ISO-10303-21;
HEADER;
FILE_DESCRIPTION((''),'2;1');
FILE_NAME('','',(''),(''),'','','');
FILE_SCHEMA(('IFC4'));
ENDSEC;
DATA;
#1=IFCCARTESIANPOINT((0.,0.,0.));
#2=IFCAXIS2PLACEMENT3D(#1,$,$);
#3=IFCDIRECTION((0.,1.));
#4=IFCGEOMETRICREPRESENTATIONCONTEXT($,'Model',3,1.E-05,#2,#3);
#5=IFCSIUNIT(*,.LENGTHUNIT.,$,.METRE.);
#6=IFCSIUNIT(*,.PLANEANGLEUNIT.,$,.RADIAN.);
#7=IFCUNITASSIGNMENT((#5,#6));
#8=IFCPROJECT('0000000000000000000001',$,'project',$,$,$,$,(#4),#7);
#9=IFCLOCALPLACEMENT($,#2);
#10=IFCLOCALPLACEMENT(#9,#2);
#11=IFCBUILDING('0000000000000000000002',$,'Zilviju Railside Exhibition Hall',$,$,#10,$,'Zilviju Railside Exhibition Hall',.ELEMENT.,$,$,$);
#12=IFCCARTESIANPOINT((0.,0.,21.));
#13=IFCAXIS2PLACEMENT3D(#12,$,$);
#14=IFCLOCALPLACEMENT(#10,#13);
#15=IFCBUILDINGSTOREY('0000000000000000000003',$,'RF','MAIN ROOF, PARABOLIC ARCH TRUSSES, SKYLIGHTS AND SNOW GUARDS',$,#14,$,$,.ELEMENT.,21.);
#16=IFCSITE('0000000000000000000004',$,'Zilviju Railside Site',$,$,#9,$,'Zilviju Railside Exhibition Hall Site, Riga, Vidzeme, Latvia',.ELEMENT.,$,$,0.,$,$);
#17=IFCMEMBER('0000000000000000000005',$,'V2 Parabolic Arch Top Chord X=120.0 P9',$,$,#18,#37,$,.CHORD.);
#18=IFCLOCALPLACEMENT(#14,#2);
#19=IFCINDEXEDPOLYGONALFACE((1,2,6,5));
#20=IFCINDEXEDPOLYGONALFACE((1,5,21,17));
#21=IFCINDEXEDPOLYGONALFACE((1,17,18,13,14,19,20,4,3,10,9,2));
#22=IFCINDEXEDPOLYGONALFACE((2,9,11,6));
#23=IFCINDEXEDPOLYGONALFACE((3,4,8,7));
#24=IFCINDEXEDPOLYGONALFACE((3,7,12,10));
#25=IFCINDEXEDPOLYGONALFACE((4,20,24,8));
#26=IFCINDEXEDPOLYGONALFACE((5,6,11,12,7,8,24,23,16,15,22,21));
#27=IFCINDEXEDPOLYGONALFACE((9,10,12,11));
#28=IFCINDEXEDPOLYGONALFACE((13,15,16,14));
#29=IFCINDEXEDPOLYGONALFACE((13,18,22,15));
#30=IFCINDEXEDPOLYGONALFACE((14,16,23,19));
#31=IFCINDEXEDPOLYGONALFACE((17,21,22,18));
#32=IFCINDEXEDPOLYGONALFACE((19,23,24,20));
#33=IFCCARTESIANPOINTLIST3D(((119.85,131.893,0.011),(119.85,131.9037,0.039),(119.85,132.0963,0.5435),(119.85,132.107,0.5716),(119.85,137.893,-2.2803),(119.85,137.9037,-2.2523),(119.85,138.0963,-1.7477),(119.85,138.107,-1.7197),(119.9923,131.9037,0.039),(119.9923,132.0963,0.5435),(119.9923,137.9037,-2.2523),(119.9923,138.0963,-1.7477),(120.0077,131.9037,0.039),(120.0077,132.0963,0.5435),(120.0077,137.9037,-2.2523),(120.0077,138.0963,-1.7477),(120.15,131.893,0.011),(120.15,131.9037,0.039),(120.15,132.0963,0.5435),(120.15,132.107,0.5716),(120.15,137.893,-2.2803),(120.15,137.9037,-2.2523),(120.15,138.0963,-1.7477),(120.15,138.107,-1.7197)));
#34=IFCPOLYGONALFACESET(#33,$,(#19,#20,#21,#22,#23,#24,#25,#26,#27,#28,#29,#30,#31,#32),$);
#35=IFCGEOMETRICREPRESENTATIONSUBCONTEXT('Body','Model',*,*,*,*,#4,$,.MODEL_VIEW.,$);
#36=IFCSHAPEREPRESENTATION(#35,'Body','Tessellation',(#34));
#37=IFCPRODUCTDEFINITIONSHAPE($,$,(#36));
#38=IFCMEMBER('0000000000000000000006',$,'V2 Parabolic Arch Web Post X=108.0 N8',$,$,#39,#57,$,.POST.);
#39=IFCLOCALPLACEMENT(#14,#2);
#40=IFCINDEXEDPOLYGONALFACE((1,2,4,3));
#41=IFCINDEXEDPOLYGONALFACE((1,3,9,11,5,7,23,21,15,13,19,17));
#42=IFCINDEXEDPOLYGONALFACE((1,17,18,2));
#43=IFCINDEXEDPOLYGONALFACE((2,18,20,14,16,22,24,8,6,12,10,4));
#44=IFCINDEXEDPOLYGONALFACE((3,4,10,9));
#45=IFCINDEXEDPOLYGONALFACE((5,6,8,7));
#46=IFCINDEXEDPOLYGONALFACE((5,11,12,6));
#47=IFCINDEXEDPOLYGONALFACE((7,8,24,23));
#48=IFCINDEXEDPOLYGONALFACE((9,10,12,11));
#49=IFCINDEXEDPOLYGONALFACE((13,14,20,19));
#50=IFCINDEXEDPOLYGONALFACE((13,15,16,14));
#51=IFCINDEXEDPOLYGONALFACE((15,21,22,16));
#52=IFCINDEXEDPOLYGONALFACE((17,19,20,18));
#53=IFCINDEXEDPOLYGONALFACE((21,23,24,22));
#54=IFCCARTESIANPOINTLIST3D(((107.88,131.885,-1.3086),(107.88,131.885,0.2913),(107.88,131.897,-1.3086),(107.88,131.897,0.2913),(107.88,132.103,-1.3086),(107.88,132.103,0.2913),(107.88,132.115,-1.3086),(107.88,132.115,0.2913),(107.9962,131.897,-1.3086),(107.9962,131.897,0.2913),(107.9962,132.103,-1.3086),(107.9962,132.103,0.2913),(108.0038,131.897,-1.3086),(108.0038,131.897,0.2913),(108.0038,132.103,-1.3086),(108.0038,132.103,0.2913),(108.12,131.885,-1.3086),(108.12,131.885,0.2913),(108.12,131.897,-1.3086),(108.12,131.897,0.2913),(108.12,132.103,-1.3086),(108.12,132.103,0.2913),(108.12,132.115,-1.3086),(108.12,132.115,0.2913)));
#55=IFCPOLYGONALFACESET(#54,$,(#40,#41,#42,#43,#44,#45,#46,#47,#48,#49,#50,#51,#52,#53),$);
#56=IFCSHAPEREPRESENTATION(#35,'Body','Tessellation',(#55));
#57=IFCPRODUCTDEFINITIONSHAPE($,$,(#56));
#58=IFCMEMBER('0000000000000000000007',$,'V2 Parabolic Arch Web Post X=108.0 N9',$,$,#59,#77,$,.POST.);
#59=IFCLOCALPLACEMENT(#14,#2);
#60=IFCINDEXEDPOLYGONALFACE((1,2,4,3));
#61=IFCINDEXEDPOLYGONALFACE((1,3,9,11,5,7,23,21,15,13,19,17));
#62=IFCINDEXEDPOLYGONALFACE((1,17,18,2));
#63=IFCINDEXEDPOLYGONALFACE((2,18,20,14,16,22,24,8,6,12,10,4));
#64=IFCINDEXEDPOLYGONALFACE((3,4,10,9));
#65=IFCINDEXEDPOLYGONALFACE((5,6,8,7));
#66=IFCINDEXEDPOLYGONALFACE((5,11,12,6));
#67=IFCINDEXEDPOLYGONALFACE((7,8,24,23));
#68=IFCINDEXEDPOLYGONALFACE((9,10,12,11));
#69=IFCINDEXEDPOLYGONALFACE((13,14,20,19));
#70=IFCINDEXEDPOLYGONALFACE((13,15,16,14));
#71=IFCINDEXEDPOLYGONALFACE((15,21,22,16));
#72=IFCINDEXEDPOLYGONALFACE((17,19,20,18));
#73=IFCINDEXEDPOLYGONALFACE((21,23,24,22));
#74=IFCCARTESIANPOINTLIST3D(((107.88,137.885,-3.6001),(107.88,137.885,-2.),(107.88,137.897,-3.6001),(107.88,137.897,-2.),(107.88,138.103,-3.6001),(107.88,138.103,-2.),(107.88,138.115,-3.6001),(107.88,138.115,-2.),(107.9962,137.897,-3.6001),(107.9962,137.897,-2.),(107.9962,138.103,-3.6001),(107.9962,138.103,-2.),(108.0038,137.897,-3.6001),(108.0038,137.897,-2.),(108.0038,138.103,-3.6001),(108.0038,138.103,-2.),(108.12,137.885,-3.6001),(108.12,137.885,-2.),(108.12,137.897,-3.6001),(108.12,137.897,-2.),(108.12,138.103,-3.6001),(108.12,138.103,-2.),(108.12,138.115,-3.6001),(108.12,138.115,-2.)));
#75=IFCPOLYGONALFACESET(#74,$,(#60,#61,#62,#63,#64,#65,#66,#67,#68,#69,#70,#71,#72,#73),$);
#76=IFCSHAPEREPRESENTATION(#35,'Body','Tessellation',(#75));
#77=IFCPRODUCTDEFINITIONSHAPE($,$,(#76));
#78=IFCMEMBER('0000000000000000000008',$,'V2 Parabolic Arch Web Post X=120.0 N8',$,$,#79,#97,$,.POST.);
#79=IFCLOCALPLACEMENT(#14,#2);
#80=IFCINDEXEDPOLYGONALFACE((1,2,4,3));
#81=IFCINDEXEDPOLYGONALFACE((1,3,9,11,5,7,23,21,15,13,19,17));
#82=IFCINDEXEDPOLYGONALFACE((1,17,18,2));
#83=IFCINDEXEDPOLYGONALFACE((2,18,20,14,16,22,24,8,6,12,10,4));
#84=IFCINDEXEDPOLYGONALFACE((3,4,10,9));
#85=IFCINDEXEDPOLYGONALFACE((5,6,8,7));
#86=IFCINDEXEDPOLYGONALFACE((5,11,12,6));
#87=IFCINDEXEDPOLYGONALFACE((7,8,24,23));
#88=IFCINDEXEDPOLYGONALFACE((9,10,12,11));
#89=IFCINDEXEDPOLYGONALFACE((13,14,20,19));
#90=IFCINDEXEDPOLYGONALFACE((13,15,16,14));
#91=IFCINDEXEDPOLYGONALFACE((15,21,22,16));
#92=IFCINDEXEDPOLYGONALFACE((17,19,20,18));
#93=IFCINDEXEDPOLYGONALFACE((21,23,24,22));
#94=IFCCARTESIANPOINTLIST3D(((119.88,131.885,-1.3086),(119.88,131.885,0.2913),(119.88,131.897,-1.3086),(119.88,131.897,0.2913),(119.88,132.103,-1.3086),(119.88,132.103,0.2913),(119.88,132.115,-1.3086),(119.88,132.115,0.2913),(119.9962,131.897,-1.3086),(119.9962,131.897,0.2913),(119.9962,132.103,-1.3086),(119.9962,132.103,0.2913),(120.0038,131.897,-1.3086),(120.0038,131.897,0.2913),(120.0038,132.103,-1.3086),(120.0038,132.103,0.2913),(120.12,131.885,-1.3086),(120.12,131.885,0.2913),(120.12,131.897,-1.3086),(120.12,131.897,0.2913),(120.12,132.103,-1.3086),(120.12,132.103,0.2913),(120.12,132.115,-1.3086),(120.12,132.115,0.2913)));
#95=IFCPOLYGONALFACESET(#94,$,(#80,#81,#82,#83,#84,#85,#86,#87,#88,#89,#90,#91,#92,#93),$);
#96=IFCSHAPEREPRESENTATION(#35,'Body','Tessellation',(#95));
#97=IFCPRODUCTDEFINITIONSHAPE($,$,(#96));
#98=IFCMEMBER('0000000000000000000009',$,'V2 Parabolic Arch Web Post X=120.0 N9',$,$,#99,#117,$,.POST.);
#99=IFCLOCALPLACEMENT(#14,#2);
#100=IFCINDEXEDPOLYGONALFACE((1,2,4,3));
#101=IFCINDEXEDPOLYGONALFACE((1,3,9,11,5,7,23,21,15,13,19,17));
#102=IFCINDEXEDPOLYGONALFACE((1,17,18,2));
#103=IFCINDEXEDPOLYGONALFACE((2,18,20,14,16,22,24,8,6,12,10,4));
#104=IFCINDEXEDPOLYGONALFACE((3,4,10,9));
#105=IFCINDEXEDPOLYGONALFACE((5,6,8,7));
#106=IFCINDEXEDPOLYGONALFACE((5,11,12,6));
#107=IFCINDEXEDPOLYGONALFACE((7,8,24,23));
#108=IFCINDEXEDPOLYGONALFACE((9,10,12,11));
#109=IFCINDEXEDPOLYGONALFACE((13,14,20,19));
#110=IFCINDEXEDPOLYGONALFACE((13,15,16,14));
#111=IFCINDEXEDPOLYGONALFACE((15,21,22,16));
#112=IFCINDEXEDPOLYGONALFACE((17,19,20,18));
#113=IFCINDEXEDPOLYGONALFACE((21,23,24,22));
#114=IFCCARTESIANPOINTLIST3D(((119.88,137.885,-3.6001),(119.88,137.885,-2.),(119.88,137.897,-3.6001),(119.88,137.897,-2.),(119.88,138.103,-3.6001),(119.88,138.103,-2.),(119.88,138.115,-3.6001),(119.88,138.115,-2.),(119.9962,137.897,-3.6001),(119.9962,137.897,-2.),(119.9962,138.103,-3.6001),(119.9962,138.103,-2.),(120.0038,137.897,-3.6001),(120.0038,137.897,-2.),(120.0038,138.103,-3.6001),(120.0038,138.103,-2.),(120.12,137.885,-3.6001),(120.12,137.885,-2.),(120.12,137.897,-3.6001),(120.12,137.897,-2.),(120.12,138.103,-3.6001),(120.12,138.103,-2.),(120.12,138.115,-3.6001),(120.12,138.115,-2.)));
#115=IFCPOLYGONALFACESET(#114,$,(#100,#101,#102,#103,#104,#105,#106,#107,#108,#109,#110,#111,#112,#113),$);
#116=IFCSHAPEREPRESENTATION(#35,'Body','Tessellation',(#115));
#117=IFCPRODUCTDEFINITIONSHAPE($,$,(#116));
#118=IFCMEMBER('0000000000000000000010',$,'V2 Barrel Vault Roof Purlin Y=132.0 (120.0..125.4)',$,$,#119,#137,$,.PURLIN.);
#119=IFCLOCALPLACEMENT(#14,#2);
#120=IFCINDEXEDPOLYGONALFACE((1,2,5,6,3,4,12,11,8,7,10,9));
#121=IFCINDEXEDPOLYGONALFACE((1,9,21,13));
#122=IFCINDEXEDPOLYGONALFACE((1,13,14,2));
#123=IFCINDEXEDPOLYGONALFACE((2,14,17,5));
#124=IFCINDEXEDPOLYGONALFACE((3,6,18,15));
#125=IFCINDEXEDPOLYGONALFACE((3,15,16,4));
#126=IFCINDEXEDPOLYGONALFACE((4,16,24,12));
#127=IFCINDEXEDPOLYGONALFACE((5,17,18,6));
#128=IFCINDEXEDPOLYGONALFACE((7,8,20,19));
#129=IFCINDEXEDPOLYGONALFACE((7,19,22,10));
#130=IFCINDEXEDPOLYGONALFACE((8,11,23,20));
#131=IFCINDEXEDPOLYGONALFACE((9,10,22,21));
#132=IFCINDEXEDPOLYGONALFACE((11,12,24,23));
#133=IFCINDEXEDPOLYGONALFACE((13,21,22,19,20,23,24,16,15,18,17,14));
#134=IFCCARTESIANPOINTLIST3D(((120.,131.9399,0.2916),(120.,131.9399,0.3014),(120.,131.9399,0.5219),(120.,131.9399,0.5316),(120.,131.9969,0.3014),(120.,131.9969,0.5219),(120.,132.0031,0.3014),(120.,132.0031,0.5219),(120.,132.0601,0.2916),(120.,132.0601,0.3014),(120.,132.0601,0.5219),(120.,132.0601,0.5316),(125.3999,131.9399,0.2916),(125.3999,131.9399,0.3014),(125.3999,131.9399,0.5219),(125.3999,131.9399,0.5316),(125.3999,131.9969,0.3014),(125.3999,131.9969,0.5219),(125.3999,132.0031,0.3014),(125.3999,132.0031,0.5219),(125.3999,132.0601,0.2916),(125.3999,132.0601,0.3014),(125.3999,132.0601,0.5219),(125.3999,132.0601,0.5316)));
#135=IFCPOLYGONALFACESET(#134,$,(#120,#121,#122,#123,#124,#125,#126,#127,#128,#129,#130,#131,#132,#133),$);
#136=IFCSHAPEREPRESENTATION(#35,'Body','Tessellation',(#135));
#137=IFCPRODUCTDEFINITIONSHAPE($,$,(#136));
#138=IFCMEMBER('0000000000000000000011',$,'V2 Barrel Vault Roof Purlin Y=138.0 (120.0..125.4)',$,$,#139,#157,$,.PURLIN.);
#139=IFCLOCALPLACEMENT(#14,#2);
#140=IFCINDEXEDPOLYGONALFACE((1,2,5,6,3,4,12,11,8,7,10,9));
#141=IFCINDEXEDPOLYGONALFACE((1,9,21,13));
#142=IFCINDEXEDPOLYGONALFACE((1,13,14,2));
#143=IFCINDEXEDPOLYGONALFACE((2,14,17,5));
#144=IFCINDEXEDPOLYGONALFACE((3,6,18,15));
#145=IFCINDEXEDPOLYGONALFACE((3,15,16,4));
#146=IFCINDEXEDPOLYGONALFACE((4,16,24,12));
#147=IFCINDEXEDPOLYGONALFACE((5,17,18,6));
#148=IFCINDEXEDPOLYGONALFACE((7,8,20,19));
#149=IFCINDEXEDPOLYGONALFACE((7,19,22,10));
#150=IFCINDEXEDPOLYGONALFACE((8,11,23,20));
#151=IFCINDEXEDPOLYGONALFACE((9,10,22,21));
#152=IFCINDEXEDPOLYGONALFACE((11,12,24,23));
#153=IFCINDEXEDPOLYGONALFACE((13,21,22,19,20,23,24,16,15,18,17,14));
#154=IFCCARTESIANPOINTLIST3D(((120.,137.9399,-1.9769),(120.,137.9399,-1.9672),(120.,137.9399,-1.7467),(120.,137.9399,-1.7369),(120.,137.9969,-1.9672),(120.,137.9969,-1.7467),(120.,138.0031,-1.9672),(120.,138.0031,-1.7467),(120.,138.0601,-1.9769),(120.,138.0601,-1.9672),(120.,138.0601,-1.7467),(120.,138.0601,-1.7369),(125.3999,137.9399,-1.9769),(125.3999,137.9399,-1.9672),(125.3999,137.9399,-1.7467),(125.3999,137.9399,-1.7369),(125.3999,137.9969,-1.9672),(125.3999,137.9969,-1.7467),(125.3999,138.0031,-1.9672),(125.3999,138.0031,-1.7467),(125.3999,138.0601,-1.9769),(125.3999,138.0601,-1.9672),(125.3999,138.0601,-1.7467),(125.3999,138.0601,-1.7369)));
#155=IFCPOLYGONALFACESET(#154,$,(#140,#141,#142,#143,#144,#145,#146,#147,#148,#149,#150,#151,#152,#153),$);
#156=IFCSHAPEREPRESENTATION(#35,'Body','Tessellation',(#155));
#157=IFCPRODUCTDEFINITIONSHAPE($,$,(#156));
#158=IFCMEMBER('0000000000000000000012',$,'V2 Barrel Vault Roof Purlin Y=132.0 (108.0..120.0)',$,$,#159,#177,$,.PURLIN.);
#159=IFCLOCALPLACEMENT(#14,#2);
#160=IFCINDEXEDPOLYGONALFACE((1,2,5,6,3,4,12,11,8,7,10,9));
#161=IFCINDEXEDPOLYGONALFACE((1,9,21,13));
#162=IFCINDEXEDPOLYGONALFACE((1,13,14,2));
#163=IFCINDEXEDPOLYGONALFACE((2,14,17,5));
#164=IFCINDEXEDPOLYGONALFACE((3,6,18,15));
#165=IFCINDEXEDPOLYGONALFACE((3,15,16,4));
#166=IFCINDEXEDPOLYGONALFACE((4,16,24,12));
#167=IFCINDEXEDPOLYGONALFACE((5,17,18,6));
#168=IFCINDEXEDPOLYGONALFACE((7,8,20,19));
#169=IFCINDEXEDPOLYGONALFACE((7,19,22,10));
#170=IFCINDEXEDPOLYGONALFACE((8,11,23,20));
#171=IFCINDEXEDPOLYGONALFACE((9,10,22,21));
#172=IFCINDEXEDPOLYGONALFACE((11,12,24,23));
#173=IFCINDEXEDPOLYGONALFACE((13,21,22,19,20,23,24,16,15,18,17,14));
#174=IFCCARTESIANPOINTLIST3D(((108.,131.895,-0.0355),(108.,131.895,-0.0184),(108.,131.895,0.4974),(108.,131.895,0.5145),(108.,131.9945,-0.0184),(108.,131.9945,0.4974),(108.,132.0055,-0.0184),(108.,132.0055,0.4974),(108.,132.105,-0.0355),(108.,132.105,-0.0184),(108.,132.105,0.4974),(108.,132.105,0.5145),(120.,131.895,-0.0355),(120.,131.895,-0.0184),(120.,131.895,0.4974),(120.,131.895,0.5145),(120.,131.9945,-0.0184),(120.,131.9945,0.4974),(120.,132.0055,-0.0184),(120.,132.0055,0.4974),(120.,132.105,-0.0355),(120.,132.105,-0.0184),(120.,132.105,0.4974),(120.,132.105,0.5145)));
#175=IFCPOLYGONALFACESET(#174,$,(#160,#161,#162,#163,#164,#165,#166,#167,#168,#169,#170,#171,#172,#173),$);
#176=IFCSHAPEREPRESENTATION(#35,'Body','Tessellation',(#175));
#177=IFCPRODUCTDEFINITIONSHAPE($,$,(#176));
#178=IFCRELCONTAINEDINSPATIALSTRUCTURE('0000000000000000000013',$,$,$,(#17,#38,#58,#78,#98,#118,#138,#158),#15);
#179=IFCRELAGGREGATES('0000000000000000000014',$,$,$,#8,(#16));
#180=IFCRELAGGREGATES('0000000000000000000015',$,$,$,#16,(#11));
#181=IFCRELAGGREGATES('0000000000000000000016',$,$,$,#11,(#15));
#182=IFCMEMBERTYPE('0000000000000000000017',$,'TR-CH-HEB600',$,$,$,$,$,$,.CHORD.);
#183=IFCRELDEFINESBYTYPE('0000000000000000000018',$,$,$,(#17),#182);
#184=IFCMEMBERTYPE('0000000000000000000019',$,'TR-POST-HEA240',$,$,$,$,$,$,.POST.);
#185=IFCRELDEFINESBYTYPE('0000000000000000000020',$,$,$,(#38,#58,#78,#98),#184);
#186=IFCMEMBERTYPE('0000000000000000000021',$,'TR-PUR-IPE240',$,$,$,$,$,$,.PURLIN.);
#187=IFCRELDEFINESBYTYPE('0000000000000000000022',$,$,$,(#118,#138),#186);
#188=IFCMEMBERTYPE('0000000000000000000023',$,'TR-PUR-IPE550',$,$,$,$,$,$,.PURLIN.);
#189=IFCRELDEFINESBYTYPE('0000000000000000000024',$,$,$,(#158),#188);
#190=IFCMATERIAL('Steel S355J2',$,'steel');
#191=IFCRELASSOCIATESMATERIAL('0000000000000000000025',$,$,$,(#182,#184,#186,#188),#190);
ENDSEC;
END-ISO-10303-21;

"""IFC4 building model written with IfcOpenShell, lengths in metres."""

from ifc_helpers import new_model, si_unit, direction, frame, origin, origin_2d, place, context, subcontext, project, spatial, i_section, extrude, material, material_profile, profile_set, type_object, element, save


model = new_model("IFC4")

# Units and contexts
model_context = context("Model", 3, precision=1e-05, world=origin(), true_north=direction((0.0, 1.0)))
body_context = subcontext(model_context, "Body", "Model", "MODEL_VIEW")
ifc_project = project(units=[si_unit("LENGTHUNIT", "METRE"), si_unit("PLANEANGLEUNIT", "RADIAN")], contexts=[model_context])

# Site, building, storey
site_placement = place(None, origin())
site = spatial("IfcSite", under=ifc_project, at=site_placement, Name="Zilviju Railside Site", LongName="Zilviju Railside Exhibition Hall Site, Riga, Vidzeme, Latvia", CompositionType="ELEMENT", RefElevation=0.0)
building_placement = place(site_placement, origin())
building = spatial("IfcBuilding", under=site, at=building_placement, Name="Zilviju Railside Exhibition Hall", LongName="Zilviju Railside Exhibition Hall", CompositionType="ELEMENT")
storey_placement = place(building_placement, frame((0.0, 0.0, 21.0)))
storey = spatial("IfcBuildingStorey", under=building, at=storey_placement, Name="RF", Description="MAIN ROOF, PARABOLIC ARCH TRUSSES, SKYLIGHTS AND SNOW GUARDS", CompositionType="ELEMENT", Elevation=21.0)

# Shared definitions
ifc_material_1 = material(Name="Steel S355J2", Category="steel")

# Members
ifc_material_profile_1 = material_profile(ifc_material_1, i_section(OverallWidth=0.3, OverallDepth=0.6001, WebThickness=0.0154, FlangeThickness=0.03, at=origin_2d()), Name="HEB 600")
ifc_profile_set_1 = profile_set([ifc_material_profile_1], Name="Steel S355J2")
member_type_1 = type_object("IfcMemberType", Name="TR-CH-HEB600", PredefinedType="CHORD", material=ifc_profile_set_1)
for number, where, z_axis, x_axis, name in (
    (1, (120.0, 132.0, 0.2913), (0.0, 0.9342, -0.356749), (-1.0, 0.0, 0.0), "V2 Parabolic Arch Top Chord X=120.0 P9"),
):
    element("IfcMember", number, at=place(storey_placement, frame(where, z_axis=z_axis, x_axis=x_axis)), inside=storey, type_object=member_type_1, Name=name, PredefinedType="CHORD", context=body_context, shape_type="SweptSolid", body=[
        extrude(i_section(OverallWidth=0.3, OverallDepth=0.6001, WebThickness=0.0154, FlangeThickness=0.03, at=origin_2d()), origin(), (0.0, 0.0, 1.0), 6.4226),
    ])
ifc_material_profile_2 = material_profile(ifc_material_1, i_section(OverallWidth=0.24, OverallDepth=0.23, WebThickness=0.0076, FlangeThickness=0.012, at=origin_2d()), Name="HEA 240")
ifc_profile_set_2 = profile_set([ifc_material_profile_2], Name="Steel S355J2")
member_type_2 = type_object("IfcMemberType", Name="TR-POST-HEA240", PredefinedType="POST", material=ifc_profile_set_2)
member_1_placement = place(storey_placement, frame((108.0, 132.0, -1.3086), z_axis=(0.0, 0.0, 1.0), x_axis=(1.0, 0.0, 0.0)))
element("IfcMember", 2, at=member_1_placement, inside=storey, type_object=member_type_2, Name="V2 Parabolic Arch Web Post X=108.0 N8", PredefinedType="POST", context=body_context, shape_type="SweptSolid", body=[
    extrude(i_section(OverallWidth=0.24, OverallDepth=0.23, WebThickness=0.0076, FlangeThickness=0.012, at=origin_2d()), origin(), (0.0, 0.0, 1.0), 1.5999),
])
member_2_placement = place(storey_placement, frame((108.0, 138.0, -3.6001), z_axis=(0.0, 0.0, 1.0), x_axis=(1.0, 0.0, 0.0)))
element("IfcMember", 3, at=member_2_placement, inside=storey, type_object=member_type_2, Name="V2 Parabolic Arch Web Post X=108.0 N9", PredefinedType="POST", context=body_context, shape_type="SweptSolid", body=[
    extrude(i_section(OverallWidth=0.24, OverallDepth=0.23, WebThickness=0.0076, FlangeThickness=0.012, at=origin_2d()), origin(), (0.0, 0.0, 1.0), 1.6001),
])
member_3_placement = place(storey_placement, frame((120.0, 132.0, -1.3086), z_axis=(0.0, 0.0, 1.0), x_axis=(1.0, 0.0, 0.0)))
element("IfcMember", 4, at=member_3_placement, inside=storey, type_object=member_type_2, Name="V2 Parabolic Arch Web Post X=120.0 N8", PredefinedType="POST", context=body_context, shape_type="SweptSolid", body=[
    extrude(i_section(OverallWidth=0.24, OverallDepth=0.23, WebThickness=0.0076, FlangeThickness=0.012, at=origin_2d()), origin(), (0.0, 0.0, 1.0), 1.5999),
])
member_4_placement = place(storey_placement, frame((120.0, 138.0, -3.6001), z_axis=(0.0, 0.0, 1.0), x_axis=(1.0, 0.0, 0.0)))
element("IfcMember", 5, at=member_4_placement, inside=storey, type_object=member_type_2, Name="V2 Parabolic Arch Web Post X=120.0 N9", PredefinedType="POST", context=body_context, shape_type="SweptSolid", body=[
    extrude(i_section(OverallWidth=0.24, OverallDepth=0.23, WebThickness=0.0076, FlangeThickness=0.012, at=origin_2d()), origin(), (0.0, 0.0, 1.0), 1.6001),
])
ifc_material_profile_3 = material_profile(ifc_material_1, i_section(OverallWidth=0.1201, OverallDepth=0.24, WebThickness=0.0061, FlangeThickness=0.0098, at=origin_2d()), Name="IPE 240")
ifc_profile_set_3 = profile_set([ifc_material_profile_3], Name="Steel S355J2")
member_type_3 = type_object("IfcMemberType", Name="TR-PUR-IPE240", PredefinedType="PURLIN", material=ifc_profile_set_3)
for number, where, z_axis, x_axis, name in (
    (6, (120.0, 132.0, 0.4116), (1.0, 0.0, 0.0), (0.0, 1.0, 0.0), "V2 Barrel Vault Roof Purlin Y=132.0 (120.0..125.4)"),
    (7, (120.0, 138.0, -1.8569), (1.0, 0.0, 0.0), (0.0, 1.0, 0.0), "V2 Barrel Vault Roof Purlin Y=138.0 (120.0..125.4)"),
):
    element("IfcMember", number, at=place(storey_placement, frame(where, z_axis=z_axis, x_axis=x_axis)), inside=storey, type_object=member_type_3, Name=name, PredefinedType="PURLIN", context=body_context, shape_type="SweptSolid", body=[
        extrude(i_section(OverallWidth=0.1201, OverallDepth=0.24, WebThickness=0.0061, FlangeThickness=0.0098, at=origin_2d()), origin(), (0.0, 0.0, 1.0), 5.3999),
    ])
ifc_material_profile_4 = material_profile(ifc_material_1, i_section(OverallWidth=0.21, OverallDepth=0.55, WebThickness=0.011, FlangeThickness=0.0171, at=origin_2d()), Name="IPE 550")
ifc_profile_set_4 = profile_set([ifc_material_profile_4], Name="Steel S355J2")
member_type_4 = type_object("IfcMemberType", Name="TR-PUR-IPE550", PredefinedType="PURLIN", material=ifc_profile_set_4)
for number, where, z_axis, x_axis, name in (
    (8, (108.0, 132.0, 0.2395), (1.0, 0.0, 0.0), (0.0, 1.0, 0.0), "V2 Barrel Vault Roof Purlin Y=132.0 (108.0..120.0)"),
):
    element("IfcMember", number, at=place(storey_placement, frame(where, z_axis=z_axis, x_axis=x_axis)), inside=storey, type_object=member_type_4, Name=name, PredefinedType="PURLIN", context=body_context, shape_type="SweptSolid", body=[
        extrude(i_section(OverallWidth=0.21, OverallDepth=0.55, WebThickness=0.011, FlangeThickness=0.0171, at=origin_2d()), origin(), (0.0, 0.0, 1.0), 12.0),
    ])

save(model, "model.ifc")
